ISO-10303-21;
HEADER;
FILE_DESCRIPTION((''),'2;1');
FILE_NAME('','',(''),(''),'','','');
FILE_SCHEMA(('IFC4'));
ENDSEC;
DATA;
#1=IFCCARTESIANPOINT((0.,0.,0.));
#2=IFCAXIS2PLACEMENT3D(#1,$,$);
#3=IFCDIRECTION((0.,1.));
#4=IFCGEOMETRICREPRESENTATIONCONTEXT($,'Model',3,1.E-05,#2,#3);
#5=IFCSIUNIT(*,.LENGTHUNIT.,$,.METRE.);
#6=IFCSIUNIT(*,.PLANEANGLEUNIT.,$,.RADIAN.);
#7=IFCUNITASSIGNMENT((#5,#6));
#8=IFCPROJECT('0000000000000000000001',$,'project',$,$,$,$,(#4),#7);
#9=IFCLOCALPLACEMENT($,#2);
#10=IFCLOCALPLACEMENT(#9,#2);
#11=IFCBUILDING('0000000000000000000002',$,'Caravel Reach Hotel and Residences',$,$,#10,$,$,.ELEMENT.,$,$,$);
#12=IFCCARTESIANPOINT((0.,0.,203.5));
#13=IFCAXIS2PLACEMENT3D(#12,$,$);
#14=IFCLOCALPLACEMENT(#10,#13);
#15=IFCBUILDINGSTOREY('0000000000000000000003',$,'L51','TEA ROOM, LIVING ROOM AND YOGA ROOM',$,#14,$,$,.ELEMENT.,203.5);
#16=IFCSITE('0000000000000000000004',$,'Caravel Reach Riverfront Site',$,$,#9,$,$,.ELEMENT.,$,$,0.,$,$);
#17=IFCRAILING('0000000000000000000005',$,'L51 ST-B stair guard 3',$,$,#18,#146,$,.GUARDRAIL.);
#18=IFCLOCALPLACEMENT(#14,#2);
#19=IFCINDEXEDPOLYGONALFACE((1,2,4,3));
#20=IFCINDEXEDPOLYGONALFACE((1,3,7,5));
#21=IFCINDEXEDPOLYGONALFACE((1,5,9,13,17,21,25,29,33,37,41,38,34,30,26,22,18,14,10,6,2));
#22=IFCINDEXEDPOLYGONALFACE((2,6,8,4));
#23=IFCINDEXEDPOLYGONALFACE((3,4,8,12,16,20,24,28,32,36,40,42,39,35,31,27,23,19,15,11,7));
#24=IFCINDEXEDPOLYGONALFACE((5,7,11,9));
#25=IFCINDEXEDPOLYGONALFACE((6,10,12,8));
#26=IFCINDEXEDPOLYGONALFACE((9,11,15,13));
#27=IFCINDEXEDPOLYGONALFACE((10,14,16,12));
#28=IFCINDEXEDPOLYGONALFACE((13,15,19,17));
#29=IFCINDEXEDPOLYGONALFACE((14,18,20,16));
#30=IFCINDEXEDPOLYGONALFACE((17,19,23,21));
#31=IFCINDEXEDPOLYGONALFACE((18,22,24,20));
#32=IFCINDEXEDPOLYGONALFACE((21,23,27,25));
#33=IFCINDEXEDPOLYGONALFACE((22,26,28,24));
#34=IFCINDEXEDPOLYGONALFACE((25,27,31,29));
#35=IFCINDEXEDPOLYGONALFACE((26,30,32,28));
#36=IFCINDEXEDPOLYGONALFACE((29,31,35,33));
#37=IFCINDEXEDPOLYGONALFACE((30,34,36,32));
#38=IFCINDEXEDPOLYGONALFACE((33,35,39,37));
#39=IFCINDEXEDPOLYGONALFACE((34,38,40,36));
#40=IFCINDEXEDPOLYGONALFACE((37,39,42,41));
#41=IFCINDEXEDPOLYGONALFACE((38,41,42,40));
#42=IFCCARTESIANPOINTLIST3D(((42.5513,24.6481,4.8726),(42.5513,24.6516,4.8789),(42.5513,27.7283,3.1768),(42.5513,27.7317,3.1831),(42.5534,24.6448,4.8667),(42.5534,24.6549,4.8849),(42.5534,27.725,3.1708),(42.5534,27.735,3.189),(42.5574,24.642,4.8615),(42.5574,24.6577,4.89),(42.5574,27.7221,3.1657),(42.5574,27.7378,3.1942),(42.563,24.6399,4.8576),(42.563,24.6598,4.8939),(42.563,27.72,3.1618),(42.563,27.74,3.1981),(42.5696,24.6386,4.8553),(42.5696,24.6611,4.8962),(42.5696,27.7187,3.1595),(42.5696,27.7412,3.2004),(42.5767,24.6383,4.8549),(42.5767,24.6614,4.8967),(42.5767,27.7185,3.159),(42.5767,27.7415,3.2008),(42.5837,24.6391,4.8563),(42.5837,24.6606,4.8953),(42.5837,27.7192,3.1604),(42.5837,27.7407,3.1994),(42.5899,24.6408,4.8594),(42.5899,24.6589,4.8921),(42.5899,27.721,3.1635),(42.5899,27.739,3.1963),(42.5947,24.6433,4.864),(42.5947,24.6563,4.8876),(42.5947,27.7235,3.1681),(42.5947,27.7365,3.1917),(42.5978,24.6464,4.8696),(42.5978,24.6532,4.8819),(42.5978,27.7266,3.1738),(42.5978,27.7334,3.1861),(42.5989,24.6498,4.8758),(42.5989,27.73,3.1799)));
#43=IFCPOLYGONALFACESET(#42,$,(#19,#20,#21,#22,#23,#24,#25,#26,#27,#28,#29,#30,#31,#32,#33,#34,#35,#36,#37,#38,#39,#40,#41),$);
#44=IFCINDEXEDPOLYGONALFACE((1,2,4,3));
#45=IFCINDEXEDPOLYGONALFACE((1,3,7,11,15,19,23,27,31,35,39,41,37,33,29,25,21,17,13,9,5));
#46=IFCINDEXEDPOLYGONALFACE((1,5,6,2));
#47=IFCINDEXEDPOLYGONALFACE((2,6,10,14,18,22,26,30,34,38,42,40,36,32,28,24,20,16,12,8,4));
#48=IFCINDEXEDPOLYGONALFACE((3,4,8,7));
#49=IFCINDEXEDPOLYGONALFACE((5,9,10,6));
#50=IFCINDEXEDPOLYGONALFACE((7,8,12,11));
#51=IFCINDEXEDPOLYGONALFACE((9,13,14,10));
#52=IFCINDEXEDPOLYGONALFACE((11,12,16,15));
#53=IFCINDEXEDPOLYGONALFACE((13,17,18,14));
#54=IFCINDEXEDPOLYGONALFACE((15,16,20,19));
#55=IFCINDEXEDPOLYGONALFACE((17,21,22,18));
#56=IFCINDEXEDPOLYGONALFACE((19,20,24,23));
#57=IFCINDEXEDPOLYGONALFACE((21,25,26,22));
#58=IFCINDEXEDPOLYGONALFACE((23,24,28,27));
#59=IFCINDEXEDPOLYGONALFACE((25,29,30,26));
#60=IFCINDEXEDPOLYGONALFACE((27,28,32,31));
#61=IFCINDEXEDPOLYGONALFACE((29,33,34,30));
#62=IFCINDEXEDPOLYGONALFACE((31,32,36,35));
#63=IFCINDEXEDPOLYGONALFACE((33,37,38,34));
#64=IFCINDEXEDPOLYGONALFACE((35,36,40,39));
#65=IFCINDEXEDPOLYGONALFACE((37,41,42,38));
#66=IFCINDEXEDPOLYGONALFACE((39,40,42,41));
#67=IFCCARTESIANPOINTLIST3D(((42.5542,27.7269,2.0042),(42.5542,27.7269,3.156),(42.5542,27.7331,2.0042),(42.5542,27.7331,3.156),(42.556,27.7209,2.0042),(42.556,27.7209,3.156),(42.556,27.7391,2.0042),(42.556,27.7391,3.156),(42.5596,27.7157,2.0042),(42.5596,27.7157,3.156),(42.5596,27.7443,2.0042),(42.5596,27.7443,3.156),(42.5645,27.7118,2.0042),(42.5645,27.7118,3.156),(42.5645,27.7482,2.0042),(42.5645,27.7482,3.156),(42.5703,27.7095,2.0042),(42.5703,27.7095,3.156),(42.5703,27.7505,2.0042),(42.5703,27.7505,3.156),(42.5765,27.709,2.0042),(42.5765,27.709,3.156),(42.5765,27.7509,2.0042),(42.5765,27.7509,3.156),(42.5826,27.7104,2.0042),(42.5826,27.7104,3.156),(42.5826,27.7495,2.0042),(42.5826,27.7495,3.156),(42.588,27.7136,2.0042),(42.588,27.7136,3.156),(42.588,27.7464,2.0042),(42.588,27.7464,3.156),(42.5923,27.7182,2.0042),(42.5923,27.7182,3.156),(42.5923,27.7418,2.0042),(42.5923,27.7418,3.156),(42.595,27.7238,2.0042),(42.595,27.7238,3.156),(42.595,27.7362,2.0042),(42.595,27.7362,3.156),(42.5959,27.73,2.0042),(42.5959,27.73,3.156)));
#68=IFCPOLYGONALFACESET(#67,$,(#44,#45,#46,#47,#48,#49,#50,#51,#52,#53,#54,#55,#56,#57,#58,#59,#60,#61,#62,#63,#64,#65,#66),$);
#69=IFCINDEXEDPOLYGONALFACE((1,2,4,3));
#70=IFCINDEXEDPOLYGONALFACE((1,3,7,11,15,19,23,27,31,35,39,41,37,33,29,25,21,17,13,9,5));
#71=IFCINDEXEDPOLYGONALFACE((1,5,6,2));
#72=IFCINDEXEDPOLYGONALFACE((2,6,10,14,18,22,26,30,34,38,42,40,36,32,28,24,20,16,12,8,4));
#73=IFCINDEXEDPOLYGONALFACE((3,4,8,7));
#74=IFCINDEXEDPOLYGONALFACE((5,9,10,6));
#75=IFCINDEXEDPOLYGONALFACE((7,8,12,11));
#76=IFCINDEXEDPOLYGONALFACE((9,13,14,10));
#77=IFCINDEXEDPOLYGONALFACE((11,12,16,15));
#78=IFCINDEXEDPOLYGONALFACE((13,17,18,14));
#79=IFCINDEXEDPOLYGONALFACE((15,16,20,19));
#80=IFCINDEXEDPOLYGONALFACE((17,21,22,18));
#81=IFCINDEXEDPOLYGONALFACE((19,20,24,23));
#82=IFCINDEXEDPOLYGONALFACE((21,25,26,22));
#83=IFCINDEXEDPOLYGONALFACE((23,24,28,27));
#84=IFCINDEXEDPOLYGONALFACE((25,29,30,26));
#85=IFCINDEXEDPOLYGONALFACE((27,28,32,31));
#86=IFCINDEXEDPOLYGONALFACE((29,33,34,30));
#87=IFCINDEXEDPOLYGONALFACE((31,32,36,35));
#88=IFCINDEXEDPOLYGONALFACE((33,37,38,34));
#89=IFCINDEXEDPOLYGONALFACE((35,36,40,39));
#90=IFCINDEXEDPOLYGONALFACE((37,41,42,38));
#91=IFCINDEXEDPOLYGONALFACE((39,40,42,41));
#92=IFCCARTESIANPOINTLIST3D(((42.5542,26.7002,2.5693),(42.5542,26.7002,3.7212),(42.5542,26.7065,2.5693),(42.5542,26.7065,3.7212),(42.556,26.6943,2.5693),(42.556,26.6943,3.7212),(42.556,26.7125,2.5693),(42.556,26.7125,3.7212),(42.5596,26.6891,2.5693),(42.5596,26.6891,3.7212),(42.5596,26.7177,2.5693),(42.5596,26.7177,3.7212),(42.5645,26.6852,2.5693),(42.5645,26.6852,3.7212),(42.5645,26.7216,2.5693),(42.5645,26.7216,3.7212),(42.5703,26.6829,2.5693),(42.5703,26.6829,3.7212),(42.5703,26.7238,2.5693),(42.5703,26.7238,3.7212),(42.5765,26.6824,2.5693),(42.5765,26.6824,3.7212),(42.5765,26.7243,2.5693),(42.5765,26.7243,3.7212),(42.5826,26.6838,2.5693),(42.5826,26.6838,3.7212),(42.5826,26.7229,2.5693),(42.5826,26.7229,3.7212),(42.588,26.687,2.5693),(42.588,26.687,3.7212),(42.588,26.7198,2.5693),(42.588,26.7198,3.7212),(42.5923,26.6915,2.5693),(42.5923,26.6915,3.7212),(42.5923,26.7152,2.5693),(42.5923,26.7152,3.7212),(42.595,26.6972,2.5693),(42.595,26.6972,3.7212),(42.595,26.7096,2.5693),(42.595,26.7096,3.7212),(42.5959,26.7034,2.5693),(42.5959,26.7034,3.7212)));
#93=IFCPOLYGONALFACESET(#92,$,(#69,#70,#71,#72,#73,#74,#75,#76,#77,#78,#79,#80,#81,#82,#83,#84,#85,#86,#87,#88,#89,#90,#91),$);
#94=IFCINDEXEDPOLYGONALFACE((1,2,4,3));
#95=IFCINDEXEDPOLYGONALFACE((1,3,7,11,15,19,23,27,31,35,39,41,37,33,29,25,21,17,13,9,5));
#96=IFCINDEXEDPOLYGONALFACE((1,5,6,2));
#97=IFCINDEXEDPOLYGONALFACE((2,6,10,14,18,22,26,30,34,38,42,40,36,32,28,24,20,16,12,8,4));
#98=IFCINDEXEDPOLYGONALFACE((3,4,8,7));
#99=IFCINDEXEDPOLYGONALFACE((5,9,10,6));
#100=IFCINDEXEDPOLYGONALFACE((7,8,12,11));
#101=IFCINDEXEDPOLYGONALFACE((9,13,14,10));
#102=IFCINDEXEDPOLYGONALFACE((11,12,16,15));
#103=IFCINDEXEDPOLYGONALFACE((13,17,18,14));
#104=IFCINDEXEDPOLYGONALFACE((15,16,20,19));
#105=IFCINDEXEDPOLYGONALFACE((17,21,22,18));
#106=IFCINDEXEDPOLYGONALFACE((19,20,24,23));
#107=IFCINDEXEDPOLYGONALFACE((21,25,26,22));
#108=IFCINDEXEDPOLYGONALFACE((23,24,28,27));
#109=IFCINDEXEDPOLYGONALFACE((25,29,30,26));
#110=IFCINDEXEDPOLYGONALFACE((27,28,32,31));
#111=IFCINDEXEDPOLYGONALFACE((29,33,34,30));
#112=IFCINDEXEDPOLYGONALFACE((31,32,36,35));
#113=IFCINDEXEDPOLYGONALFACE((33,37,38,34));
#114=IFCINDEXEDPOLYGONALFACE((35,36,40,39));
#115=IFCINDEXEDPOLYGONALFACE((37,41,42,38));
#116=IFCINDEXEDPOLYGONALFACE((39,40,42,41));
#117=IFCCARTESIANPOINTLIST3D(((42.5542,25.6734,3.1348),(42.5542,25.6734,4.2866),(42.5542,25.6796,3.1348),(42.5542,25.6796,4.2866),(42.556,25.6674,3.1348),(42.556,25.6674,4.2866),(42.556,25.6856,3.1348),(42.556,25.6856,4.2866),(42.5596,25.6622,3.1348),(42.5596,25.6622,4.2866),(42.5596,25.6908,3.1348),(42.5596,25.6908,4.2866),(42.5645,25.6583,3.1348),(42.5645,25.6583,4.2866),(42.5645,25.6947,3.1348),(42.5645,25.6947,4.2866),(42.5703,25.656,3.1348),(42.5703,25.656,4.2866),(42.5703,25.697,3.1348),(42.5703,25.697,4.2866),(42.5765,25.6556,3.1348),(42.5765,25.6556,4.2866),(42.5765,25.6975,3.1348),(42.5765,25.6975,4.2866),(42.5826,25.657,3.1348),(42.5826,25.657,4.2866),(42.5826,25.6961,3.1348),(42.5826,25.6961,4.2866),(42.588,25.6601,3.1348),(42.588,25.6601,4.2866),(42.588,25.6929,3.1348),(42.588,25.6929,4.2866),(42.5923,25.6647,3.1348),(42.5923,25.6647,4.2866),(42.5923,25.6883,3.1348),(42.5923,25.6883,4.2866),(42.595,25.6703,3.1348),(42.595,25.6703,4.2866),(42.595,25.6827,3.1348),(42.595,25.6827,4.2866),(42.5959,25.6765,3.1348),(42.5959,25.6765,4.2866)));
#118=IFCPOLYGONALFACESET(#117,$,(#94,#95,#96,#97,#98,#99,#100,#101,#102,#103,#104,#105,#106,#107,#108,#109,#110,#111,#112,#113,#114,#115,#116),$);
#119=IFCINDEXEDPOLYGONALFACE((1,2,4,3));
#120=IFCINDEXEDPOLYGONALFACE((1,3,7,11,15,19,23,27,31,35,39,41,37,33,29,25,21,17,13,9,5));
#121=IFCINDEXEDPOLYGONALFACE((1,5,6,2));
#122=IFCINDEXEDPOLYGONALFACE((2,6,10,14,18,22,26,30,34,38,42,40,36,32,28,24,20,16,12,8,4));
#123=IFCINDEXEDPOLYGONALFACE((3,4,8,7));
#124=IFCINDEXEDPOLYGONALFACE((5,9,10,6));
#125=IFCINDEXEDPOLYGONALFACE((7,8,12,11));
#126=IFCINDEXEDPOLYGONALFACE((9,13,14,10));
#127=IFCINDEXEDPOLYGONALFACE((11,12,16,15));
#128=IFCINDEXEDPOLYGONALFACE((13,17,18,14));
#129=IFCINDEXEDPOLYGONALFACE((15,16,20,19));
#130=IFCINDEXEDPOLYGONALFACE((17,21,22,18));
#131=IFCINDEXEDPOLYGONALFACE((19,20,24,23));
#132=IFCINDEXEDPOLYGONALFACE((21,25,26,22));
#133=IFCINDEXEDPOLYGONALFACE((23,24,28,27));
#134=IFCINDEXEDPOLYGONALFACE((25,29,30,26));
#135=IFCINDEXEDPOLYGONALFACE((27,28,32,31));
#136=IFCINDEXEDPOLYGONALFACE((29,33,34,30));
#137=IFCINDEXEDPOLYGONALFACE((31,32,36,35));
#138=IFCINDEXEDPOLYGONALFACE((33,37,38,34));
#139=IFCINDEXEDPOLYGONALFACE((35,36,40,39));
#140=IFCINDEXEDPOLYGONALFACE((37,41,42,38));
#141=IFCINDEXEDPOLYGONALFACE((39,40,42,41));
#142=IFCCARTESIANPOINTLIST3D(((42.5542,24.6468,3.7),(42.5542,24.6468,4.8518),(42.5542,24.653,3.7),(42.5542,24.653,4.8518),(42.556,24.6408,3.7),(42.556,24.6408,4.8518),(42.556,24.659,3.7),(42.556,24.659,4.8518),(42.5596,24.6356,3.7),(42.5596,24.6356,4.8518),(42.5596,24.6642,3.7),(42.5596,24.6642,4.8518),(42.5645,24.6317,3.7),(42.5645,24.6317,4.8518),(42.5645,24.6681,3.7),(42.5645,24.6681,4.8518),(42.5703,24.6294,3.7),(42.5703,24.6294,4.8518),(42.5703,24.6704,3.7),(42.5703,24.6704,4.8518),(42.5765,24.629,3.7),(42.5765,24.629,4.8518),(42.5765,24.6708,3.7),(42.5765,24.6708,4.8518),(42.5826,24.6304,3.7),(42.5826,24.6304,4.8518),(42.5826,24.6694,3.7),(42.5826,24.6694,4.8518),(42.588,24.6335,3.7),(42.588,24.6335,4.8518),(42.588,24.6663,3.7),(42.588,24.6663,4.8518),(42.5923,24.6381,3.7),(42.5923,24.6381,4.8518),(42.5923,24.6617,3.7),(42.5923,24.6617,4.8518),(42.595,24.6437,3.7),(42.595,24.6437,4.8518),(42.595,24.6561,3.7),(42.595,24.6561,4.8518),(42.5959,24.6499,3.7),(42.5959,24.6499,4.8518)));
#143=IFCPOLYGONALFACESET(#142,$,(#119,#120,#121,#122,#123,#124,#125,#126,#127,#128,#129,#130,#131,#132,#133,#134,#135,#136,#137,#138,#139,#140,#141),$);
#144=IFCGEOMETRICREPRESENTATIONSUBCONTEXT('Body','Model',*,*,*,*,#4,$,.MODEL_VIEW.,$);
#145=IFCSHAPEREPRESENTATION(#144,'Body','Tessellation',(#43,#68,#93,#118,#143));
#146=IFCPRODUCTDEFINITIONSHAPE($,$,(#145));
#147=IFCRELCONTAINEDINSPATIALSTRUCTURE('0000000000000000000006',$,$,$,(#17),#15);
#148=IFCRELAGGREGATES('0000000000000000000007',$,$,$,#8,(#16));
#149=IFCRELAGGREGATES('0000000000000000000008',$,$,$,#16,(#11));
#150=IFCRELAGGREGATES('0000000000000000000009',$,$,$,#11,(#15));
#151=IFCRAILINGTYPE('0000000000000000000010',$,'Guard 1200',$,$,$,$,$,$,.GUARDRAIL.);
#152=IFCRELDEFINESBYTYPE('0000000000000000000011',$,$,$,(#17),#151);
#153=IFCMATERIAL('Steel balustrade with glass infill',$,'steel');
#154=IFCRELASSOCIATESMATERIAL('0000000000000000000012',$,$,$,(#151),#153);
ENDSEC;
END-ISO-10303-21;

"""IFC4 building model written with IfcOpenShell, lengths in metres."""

from ifc_helpers import new_model, si_unit, direction, frame, origin, origin_2d, place, context, subcontext, project, spatial, circle, extrude, material, type_object, element, save


model = new_model("IFC4")

# Units and contexts
model_context = context("Model", 3, precision=1e-05, world=origin(), true_north=direction((0.0, 1.0)))
body_context = subcontext(model_context, "Body", "Model", "MODEL_VIEW")
ifc_project = project(units=[si_unit("LENGTHUNIT", "METRE"), si_unit("PLANEANGLEUNIT", "RADIAN")], contexts=[model_context])

# Site, building, storey
site_placement = place(None, origin())
site = spatial("IfcSite", under=ifc_project, at=site_placement, Name="Caravel Reach Riverfront Site", CompositionType="ELEMENT", RefElevation=0.0)
building_placement = place(site_placement, origin())
building = spatial("IfcBuilding", under=site, at=building_placement, Name="Caravel Reach Hotel and Residences", CompositionType="ELEMENT")
storey_placement = place(building_placement, frame((0.0, 0.0, 203.5)))
storey = spatial("IfcBuildingStorey", under=building, at=storey_placement, Name="L51", Description="TEA ROOM, LIVING ROOM AND YOGA ROOM", CompositionType="ELEMENT", Elevation=203.5)

# Railing
ifc_material_1 = material(Name="Steel balustrade with glass infill", Category="steel")
railing_type_1 = type_object("IfcRailingType", Name="Guard 1200", PredefinedType="GUARDRAIL", material=ifc_material_1)
railing_1_placement = place(storey_placement, frame((42.575, 27.73, 2.0042)))
element("IfcRailing", 1, at=railing_1_placement, inside=storey, type_object=railing_type_1, Name="L51 ST-B stair guard 3", PredefinedType="GUARDRAIL", context=body_context, shape_type="SweptSolid", body=[
    extrude(circle(Radius=0.0239, at=origin_2d()), frame((0.0, 0.0, 1.1758), z_axis=(0.0, -0.876005, 0.482303), x_axis=(1.0, 0.0, 0.0)), (0.0, 0.0, 1.0), 3.5161),
    extrude(circle(Radius=0.021, at=origin_2d()), origin(), (0.0, 0.0, 1.0), 1.1519),
    extrude(circle(Radius=0.021, at=origin_2d()), frame((0.0, -1.0266, 0.5652)), (0.0, 0.0, 1.0), 1.1519),
    extrude(circle(Radius=0.021, at=origin_2d()), frame((0.0, -2.0535, 1.1306)), (0.0, 0.0, 1.0), 1.1519),
    extrude(circle(Radius=0.021, at=origin_2d()), frame((0.0, -3.0801, 1.6958)), (0.0, 0.0, 1.0), 1.1519),
])

save(model, "model.ifc")
